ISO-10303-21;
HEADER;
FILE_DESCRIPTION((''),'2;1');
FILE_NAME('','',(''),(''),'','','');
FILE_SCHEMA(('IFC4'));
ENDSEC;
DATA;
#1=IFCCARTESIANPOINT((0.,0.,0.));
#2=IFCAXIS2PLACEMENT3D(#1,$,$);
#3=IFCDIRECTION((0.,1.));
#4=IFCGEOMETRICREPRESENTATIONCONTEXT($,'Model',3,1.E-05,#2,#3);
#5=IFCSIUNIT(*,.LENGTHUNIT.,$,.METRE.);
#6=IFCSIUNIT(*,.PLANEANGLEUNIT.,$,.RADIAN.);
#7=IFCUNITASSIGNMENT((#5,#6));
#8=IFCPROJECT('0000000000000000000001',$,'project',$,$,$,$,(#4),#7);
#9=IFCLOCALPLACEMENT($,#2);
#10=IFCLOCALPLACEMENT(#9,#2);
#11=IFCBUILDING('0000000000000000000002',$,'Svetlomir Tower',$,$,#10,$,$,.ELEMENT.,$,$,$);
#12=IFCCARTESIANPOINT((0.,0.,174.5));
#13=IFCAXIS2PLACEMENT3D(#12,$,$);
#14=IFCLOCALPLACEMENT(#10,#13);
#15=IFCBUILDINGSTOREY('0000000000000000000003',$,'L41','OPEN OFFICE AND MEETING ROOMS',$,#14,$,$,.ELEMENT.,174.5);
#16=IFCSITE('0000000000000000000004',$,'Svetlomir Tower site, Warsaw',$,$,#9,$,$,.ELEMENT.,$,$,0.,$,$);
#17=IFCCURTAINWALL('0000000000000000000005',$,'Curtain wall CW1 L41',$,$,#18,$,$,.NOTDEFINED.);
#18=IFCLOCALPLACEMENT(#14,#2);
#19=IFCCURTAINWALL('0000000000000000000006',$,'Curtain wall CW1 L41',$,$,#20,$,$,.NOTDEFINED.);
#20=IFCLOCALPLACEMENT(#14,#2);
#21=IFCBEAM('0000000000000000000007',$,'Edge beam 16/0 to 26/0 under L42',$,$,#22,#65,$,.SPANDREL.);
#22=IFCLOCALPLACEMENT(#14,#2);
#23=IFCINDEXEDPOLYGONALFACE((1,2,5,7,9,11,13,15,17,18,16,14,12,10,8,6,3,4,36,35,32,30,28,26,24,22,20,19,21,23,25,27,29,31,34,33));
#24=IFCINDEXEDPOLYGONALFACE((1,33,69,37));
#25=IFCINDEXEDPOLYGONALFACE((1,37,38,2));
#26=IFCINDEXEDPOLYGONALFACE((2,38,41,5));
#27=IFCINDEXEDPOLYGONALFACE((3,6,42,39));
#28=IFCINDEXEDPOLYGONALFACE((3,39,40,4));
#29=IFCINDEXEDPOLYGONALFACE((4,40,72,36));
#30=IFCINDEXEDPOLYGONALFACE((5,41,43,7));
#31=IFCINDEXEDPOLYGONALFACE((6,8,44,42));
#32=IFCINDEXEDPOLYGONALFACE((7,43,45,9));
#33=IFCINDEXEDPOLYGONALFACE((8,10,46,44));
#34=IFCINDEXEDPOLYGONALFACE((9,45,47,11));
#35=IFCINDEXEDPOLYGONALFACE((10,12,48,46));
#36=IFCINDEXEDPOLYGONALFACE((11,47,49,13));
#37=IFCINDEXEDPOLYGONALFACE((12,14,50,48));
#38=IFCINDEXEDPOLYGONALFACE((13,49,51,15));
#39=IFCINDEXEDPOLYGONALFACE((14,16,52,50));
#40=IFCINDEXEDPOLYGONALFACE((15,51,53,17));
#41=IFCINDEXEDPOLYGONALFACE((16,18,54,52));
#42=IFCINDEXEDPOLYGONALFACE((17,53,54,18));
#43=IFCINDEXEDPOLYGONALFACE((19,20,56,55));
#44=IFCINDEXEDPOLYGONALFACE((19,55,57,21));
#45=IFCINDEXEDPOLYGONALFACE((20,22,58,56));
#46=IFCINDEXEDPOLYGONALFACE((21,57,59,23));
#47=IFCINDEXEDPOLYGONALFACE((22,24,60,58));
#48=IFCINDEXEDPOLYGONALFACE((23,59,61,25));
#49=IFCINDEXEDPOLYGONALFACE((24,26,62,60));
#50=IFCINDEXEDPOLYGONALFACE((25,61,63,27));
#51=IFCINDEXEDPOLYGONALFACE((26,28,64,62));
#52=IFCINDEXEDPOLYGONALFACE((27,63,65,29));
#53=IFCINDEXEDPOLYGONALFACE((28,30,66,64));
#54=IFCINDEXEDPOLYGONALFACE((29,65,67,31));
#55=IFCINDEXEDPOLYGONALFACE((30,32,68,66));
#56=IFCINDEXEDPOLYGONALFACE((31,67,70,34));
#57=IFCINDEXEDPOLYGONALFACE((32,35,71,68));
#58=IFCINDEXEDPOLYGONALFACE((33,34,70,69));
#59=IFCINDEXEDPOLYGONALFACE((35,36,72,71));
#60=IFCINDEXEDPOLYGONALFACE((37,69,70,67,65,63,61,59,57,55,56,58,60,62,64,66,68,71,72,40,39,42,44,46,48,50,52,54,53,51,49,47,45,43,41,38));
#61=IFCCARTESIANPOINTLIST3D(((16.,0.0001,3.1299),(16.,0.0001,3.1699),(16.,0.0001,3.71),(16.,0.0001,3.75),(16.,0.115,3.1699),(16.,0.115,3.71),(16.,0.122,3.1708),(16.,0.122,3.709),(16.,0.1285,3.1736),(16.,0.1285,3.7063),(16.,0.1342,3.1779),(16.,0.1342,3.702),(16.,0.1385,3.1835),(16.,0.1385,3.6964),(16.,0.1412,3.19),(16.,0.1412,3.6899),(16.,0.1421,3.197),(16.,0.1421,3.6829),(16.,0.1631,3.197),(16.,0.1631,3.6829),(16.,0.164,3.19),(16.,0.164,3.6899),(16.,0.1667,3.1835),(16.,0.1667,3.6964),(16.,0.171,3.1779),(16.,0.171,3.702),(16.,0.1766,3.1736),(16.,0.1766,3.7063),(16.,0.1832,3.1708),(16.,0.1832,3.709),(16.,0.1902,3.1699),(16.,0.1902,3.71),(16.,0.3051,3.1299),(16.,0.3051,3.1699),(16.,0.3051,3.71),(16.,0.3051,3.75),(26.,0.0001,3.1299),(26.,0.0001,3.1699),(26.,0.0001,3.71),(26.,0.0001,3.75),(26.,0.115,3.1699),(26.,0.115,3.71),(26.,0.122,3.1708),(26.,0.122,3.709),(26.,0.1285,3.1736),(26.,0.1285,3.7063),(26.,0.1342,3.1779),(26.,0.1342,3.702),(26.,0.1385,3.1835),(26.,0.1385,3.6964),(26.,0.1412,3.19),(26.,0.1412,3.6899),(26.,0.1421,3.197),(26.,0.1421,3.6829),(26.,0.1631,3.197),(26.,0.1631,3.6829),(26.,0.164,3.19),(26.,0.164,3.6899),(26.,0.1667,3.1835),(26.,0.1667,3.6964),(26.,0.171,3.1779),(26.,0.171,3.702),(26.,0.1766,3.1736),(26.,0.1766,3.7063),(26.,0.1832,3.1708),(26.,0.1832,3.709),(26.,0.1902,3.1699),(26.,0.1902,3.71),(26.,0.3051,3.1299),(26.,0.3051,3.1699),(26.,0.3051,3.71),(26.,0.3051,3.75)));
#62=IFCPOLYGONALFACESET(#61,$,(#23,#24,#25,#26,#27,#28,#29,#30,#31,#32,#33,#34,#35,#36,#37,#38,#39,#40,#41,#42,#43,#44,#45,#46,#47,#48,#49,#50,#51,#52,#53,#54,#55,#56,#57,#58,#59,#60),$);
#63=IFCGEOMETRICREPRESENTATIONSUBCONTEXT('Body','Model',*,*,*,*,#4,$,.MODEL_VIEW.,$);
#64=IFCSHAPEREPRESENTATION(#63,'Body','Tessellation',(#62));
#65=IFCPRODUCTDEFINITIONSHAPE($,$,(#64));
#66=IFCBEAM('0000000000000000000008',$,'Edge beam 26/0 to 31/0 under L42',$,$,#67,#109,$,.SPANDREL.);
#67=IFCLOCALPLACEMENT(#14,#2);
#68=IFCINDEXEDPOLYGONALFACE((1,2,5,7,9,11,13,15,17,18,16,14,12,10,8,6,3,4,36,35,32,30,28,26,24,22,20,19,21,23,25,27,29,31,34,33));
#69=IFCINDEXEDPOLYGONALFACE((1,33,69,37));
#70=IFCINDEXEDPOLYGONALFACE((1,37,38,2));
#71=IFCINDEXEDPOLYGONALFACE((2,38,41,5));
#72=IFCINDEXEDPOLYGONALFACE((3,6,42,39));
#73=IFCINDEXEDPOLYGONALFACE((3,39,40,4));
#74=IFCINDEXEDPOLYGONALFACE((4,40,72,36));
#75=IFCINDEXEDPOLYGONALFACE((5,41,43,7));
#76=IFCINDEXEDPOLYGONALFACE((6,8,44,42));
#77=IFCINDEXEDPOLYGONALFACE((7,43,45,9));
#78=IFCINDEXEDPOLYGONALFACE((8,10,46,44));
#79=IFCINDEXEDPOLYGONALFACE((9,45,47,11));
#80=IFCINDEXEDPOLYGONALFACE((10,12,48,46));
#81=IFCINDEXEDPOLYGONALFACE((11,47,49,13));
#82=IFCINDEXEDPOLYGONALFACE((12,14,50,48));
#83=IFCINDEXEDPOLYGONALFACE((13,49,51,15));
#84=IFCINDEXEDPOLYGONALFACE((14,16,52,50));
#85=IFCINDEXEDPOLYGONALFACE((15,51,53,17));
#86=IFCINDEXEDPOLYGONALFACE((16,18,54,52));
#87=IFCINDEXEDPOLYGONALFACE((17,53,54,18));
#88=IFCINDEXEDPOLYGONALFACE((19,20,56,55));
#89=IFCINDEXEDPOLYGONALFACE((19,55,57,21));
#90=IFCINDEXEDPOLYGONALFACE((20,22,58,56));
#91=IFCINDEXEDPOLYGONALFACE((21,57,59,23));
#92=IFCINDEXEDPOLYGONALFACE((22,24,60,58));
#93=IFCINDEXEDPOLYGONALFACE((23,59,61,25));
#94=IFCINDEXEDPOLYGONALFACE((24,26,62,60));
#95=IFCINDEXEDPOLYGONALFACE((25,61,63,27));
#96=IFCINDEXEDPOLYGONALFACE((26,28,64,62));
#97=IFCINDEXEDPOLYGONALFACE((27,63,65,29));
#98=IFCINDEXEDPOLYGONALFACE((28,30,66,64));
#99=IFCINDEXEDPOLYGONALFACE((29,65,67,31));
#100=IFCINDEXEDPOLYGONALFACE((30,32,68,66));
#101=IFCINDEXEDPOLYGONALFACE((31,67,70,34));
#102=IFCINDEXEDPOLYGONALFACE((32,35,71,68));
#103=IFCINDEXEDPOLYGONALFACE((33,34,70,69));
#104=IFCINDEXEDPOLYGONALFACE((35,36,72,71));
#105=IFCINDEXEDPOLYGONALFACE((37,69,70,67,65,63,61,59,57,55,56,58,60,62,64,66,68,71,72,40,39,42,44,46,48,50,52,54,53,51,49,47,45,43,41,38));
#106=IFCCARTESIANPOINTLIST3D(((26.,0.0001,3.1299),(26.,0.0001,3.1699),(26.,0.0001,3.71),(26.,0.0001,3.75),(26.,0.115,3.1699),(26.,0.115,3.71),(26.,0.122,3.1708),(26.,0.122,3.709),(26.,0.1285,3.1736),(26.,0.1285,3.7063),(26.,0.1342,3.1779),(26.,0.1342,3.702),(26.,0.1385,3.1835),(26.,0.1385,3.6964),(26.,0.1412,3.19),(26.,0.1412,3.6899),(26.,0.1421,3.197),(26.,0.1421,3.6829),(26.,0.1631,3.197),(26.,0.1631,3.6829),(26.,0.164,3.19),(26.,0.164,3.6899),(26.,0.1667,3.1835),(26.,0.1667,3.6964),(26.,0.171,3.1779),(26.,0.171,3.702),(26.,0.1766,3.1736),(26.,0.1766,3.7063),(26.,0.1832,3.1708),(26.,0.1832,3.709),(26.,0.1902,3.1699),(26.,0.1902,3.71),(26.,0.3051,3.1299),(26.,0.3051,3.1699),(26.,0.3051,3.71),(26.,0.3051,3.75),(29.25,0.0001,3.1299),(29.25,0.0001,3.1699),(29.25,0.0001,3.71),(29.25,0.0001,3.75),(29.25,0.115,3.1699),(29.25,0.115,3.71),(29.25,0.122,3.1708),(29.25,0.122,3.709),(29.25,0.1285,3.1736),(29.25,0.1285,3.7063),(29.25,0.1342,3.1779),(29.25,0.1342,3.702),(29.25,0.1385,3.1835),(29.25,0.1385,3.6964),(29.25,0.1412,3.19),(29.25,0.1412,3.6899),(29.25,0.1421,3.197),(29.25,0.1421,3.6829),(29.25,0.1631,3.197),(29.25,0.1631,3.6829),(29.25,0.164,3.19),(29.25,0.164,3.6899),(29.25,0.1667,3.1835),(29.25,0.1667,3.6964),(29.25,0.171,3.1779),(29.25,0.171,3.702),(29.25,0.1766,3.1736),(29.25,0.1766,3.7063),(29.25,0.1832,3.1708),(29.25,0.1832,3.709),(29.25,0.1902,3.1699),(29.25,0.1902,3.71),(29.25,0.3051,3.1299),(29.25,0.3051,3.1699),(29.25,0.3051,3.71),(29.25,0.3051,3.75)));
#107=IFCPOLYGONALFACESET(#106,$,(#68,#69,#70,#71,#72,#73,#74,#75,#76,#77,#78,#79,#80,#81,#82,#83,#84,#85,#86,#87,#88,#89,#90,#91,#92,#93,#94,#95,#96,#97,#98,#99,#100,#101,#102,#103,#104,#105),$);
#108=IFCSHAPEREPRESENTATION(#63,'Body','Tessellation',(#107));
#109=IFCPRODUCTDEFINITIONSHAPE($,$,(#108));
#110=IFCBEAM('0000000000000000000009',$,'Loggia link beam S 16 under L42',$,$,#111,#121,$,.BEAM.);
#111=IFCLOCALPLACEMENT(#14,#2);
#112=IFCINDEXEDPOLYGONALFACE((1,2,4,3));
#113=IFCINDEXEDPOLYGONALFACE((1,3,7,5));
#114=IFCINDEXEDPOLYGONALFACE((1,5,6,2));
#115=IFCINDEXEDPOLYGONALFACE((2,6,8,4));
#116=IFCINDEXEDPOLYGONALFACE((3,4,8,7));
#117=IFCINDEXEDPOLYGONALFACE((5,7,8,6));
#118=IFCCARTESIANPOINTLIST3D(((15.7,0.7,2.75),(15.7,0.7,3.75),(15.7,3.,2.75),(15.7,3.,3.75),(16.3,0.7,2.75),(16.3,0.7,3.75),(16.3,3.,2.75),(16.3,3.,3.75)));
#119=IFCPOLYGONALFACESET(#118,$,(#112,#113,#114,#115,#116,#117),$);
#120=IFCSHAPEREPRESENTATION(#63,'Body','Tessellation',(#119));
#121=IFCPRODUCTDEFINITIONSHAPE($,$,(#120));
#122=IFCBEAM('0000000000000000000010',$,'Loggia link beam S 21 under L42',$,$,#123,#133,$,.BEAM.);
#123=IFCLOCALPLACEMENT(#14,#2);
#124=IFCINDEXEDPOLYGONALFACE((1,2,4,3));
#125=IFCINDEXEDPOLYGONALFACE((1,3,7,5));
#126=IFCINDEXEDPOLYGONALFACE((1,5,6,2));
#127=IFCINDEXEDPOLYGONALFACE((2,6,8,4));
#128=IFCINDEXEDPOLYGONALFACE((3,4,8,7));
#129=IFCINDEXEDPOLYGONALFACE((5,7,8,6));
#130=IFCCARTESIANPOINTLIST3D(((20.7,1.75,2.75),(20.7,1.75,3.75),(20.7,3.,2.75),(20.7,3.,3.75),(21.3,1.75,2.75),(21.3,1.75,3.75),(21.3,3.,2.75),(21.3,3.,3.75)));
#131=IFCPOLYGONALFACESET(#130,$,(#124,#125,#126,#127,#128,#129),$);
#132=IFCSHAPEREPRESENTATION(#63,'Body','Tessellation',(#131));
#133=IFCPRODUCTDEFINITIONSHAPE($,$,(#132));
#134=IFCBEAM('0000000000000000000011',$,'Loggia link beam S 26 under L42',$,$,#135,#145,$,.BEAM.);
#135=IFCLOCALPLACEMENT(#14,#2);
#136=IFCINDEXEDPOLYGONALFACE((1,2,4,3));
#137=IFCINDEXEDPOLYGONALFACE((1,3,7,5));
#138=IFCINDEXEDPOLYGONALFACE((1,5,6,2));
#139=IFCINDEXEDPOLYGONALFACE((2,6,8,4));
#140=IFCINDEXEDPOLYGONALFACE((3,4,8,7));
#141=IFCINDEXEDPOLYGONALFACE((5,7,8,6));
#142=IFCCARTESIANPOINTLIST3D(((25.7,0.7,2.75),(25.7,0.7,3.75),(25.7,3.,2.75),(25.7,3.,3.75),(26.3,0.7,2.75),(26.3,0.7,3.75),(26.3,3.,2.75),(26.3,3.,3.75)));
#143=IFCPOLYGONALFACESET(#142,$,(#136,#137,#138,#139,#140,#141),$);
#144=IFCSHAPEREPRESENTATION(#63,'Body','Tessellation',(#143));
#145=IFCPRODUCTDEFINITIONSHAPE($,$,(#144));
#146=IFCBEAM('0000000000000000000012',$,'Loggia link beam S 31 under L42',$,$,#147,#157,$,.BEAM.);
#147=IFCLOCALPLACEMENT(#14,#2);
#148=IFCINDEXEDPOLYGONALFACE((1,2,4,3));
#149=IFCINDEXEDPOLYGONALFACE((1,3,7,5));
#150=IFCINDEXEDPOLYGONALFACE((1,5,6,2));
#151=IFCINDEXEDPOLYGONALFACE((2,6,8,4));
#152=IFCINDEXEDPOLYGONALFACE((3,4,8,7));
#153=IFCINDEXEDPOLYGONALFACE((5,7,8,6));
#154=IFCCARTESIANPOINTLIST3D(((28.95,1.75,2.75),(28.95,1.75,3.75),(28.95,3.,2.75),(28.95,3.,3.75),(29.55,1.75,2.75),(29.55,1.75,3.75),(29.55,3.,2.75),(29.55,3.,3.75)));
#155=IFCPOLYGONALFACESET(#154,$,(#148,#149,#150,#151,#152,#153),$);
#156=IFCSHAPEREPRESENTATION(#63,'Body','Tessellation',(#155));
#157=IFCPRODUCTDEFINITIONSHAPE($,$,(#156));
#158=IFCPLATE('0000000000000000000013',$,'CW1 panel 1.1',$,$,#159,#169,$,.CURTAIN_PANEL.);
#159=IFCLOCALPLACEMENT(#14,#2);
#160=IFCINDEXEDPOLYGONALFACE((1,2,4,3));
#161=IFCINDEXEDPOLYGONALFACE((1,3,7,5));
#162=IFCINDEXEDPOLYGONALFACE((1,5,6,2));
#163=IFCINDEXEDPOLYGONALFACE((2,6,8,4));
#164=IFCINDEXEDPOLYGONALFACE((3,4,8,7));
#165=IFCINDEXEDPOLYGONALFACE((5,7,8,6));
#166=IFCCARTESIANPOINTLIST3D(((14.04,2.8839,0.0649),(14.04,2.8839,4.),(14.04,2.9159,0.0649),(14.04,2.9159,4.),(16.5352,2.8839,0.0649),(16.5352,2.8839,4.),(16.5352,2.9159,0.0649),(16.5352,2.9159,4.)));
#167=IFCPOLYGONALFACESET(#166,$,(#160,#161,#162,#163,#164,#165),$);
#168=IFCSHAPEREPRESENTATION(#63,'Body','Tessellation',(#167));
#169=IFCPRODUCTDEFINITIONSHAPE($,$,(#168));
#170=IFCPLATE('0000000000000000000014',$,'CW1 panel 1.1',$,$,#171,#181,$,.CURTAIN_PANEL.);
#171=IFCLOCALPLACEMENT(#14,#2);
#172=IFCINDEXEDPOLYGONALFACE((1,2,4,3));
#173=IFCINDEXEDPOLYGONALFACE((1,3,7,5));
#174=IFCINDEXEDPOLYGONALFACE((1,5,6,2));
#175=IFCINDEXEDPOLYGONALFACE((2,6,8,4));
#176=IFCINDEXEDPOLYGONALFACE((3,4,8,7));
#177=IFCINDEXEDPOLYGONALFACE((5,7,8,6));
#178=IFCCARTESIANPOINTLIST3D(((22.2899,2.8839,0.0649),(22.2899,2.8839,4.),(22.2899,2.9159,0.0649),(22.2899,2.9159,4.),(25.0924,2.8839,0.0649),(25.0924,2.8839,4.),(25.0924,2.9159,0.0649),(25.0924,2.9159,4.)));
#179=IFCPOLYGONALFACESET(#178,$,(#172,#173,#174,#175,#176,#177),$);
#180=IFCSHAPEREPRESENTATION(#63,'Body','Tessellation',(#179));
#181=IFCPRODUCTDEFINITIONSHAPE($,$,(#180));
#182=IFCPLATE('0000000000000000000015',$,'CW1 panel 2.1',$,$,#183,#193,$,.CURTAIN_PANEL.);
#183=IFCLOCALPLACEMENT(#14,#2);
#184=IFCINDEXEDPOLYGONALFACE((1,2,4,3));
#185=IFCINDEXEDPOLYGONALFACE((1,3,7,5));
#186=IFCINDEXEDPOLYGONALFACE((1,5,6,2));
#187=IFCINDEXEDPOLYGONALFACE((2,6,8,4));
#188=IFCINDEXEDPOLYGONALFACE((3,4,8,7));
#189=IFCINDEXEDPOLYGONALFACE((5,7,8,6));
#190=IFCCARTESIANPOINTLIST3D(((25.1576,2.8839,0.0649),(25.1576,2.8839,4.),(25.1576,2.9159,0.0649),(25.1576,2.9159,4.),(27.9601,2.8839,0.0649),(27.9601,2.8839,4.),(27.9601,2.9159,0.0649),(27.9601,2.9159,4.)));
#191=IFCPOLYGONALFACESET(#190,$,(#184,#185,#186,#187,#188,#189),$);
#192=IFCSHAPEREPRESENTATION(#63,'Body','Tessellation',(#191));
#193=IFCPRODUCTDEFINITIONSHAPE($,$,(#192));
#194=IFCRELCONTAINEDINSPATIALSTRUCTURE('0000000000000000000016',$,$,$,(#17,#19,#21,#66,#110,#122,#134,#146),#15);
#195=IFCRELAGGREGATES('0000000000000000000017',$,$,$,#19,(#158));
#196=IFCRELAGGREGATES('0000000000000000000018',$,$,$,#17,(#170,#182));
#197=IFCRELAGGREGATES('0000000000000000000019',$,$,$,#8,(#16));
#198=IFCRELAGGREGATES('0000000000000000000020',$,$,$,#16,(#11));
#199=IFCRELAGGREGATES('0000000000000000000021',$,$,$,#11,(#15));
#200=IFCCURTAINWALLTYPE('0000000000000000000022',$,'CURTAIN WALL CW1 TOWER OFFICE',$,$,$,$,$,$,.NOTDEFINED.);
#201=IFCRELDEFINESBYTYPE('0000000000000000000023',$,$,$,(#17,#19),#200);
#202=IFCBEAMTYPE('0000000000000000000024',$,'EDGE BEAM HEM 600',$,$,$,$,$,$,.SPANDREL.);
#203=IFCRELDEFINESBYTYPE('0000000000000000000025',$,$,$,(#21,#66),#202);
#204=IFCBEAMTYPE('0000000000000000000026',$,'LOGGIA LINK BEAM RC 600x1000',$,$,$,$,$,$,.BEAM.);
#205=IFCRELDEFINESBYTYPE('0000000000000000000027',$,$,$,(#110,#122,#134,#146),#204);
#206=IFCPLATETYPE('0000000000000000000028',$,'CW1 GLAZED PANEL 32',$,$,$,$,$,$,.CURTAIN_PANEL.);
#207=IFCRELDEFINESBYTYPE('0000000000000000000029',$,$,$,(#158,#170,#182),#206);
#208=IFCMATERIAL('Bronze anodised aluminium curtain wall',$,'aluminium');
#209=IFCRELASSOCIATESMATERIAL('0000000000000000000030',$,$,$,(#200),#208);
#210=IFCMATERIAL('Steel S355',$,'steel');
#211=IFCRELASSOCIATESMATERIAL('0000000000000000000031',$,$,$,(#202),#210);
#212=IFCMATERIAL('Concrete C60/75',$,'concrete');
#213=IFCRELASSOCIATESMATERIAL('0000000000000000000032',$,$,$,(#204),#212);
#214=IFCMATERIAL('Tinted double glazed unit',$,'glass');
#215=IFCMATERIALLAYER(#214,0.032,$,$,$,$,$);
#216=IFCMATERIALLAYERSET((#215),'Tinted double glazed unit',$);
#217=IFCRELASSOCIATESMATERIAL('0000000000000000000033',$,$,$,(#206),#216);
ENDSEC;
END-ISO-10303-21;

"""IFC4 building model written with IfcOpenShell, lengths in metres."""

from ifc_helpers import new_model, si_unit, direction, frame, origin, origin_2d, place, context, subcontext, project, spatial, rectangle, i_section, extrude, material, layer, layer_set, material_profile, profile_set, type_object, element, aggregate, save


model = new_model("IFC4")

# Units and contexts
model_context = context("Model", 3, precision=1e-05, world=origin(), true_north=direction((0.0, 1.0)))
body_context = subcontext(model_context, "Body", "Model", "MODEL_VIEW")
ifc_project = project(units=[si_unit("LENGTHUNIT", "METRE"), si_unit("PLANEANGLEUNIT", "RADIAN")], contexts=[model_context])

# Site, building, storey
site_placement = place(None, origin())
site = spatial("IfcSite", under=ifc_project, at=site_placement, Name="Svetlomir Tower site, Warsaw", CompositionType="ELEMENT", RefElevation=0.0)
building_placement = place(site_placement, origin())
building = spatial("IfcBuilding", under=site, at=building_placement, Name="Svetlomir Tower", CompositionType="ELEMENT")
storey_placement = place(building_placement, frame((0.0, 0.0, 174.5)))
storey = spatial("IfcBuildingStorey", under=building, at=storey_placement, Name="L41", Description="OPEN OFFICE AND MEETING ROOMS", CompositionType="ELEMENT", Elevation=174.5)

# Curtain walls
ifc_material_1 = material(Name="Bronze anodised aluminium curtain wall", Category="aluminium")
curtain_wall_type = type_object("IfcCurtainWallType", Name="CURTAIN WALL CW1 TOWER OFFICE", PredefinedType="NOTDEFINED", material=ifc_material_1)
curtain_wall_1_placement = place(storey_placement, origin())
curtain_wall_1 = element("IfcCurtainWall", 1, at=curtain_wall_1_placement, inside=storey, type_object=curtain_wall_type, Name="Curtain wall CW1 L41", PredefinedType="NOTDEFINED")
curtain_wall_2_placement = place(storey_placement, origin())
curtain_wall_2 = element("IfcCurtainWall", 2, at=curtain_wall_2_placement, inside=storey, type_object=curtain_wall_type, Name="Curtain wall CW1 L41", PredefinedType="NOTDEFINED")

# Beams
ifc_material_2 = material(Name="Steel S355", Category="steel")
ifc_material_profile_1 = material_profile(ifc_material_2, i_section(OverallWidth=0.3049, OverallDepth=0.6201, WebThickness=0.021, FlangeThickness=0.04, FilletRadius=0.0271, at=origin_2d()), Name="HEM 600")
ifc_profile_set_1 = profile_set([ifc_material_profile_1], Name="Steel S355")
beam_type_1 = type_object("IfcBeamType", Name="EDGE BEAM HEM 600", PredefinedType="SPANDREL", material=ifc_profile_set_1)
beam_1_placement = place(storey_placement, frame((16.0, 0.1526, 3.4399), z_axis=(1.0, 0.0, 0.0), x_axis=(0.0, 1.0, 0.0)))
element("IfcBeam", 3, at=beam_1_placement, inside=storey, type_object=beam_type_1, Name="Edge beam 16/0 to 26/0 under L42", PredefinedType="SPANDREL", context=body_context, shape_type="SweptSolid", body=[
    extrude(i_section(OverallWidth=0.3049, OverallDepth=0.6201, WebThickness=0.021, FlangeThickness=0.04, FilletRadius=0.0271, at=origin_2d()), origin(), (0.0, 0.0, 1.0), 10.0),
])
beam_2_placement = place(storey_placement, frame((26.0, 0.1526, 3.4399), z_axis=(1.0, 0.0, 0.0), x_axis=(0.0, 1.0, 0.0)))
element("IfcBeam", 4, at=beam_2_placement, inside=storey, type_object=beam_type_1, Name="Edge beam 26/0 to 31/0 under L42", PredefinedType="SPANDREL", context=body_context, shape_type="SweptSolid", body=[
    extrude(i_section(OverallWidth=0.3049, OverallDepth=0.6201, WebThickness=0.021, FlangeThickness=0.04, FilletRadius=0.0271, at=origin_2d()), origin(), (0.0, 0.0, 1.0), 3.25),
])
ifc_material_3 = material(Name="Concrete C60/75", Category="concrete")
ifc_material_profile_2 = material_profile(ifc_material_3, rectangle(XDim=0.6001, YDim=1.0, at=origin_2d()), Name="RC 600x1000")
ifc_profile_set_2 = profile_set([ifc_material_profile_2], Name="Concrete C60/75")
beam_type_2 = type_object("IfcBeamType", Name="LOGGIA LINK BEAM RC 600x1000", PredefinedType="BEAM", material=ifc_profile_set_2)
beam_3_placement = place(storey_placement, frame((16.0, 0.7, 3.25), z_axis=(0.0, 1.0, 0.0), x_axis=(-1.0, 0.0, 0.0)))
element("IfcBeam", 5, at=beam_3_placement, inside=storey, type_object=beam_type_2, Name="Loggia link beam S 16 under L42", PredefinedType="BEAM", context=body_context, shape_type="SweptSolid", body=[
    extrude(rectangle(XDim=0.6001, YDim=1.0, at=origin_2d()), origin(), (0.0, 0.0, 1.0), 2.3),
])
beam_4_placement = place(storey_placement, frame((21.0, 1.75, 3.25), z_axis=(0.0, 1.0, 0.0), x_axis=(-1.0, 0.0, 0.0)))
element("IfcBeam", 6, at=beam_4_placement, inside=storey, type_object=beam_type_2, Name="Loggia link beam S 21 under L42", PredefinedType="BEAM", context=body_context, shape_type="SweptSolid", body=[
    extrude(rectangle(XDim=0.6001, YDim=1.0, at=origin_2d()), origin(), (0.0, 0.0, 1.0), 1.25),
])
beam_5_placement = place(storey_placement, frame((26.0, 0.7, 3.25), z_axis=(0.0, 1.0, 0.0), x_axis=(-1.0, 0.0, 0.0)))
element("IfcBeam", 7, at=beam_5_placement, inside=storey, type_object=beam_type_2, Name="Loggia link beam S 26 under L42", PredefinedType="BEAM", context=body_context, shape_type="SweptSolid", body=[
    extrude(rectangle(XDim=0.6001, YDim=1.0, at=origin_2d()), origin(), (0.0, 0.0, 1.0), 2.3),
])
beam_6_placement = place(storey_placement, frame((29.25, 1.75, 3.25), z_axis=(0.0, 1.0, 0.0), x_axis=(-1.0, 0.0, 0.0)))
element("IfcBeam", 8, at=beam_6_placement, inside=storey, type_object=beam_type_2, Name="Loggia link beam S 31 under L42", PredefinedType="BEAM", context=body_context, shape_type="SweptSolid", body=[
    extrude(rectangle(XDim=0.6001, YDim=1.0, at=origin_2d()), origin(), (0.0, 0.0, 1.0), 1.25),
])

# Plates
ifc_material_4 = material(Name="Tinted double glazed unit", Category="glass")
ifc_layer_1 = layer(ifc_material_4, 0.032)
ifc_layer_set_1 = layer_set([ifc_layer_1], Name="Tinted double glazed unit")
plate_type = type_object("IfcPlateType", Name="CW1 GLAZED PANEL 32", PredefinedType="CURTAIN_PANEL", material=ifc_layer_set_1)
plate_1_placement = place(storey_placement, frame((15.2876, 2.8999, 0.0649), z_axis=(0.0, 0.0, 1.0), x_axis=(1.0, 0.0, 0.0)))
plate_1 = element("IfcPlate", 9, at=plate_1_placement, type_object=plate_type, Name="CW1 panel 1.1", PredefinedType="CURTAIN_PANEL", context=body_context, shape_type="SweptSolid", body=[
    extrude(rectangle(XDim=2.4951, YDim=0.032, at=origin_2d()), origin(), (0.0, 0.0, 1.0), 3.9351),
])
aggregate(curtain_wall_2, [plate_1])
plate_2_placement = place(storey_placement, frame((23.6912, 2.8999, 0.0649), z_axis=(0.0, 0.0, 1.0), x_axis=(1.0, 0.0, 0.0)))
plate_2 = element("IfcPlate", 10, at=plate_2_placement, type_object=plate_type, Name="CW1 panel 1.1", PredefinedType="CURTAIN_PANEL", context=body_context, shape_type="SweptSolid", body=[
    extrude(rectangle(XDim=2.8025, YDim=0.032, at=origin_2d()), origin(), (0.0, 0.0, 1.0), 3.9351),
])
plate_3_placement = place(storey_placement, frame((26.5588, 2.8999, 0.0649), z_axis=(0.0, 0.0, 1.0), x_axis=(1.0, 0.0, 0.0)))
plate_3 = element("IfcPlate", 11, at=plate_3_placement, type_object=plate_type, Name="CW1 panel 2.1", PredefinedType="CURTAIN_PANEL", context=body_context, shape_type="SweptSolid", body=[
    extrude(rectangle(XDim=2.8025, YDim=0.032, at=origin_2d()), origin(), (0.0, 0.0, 1.0), 3.9351),
])
aggregate(curtain_wall_1, [plate_2, plate_3])

save(model, "model.ifc")
